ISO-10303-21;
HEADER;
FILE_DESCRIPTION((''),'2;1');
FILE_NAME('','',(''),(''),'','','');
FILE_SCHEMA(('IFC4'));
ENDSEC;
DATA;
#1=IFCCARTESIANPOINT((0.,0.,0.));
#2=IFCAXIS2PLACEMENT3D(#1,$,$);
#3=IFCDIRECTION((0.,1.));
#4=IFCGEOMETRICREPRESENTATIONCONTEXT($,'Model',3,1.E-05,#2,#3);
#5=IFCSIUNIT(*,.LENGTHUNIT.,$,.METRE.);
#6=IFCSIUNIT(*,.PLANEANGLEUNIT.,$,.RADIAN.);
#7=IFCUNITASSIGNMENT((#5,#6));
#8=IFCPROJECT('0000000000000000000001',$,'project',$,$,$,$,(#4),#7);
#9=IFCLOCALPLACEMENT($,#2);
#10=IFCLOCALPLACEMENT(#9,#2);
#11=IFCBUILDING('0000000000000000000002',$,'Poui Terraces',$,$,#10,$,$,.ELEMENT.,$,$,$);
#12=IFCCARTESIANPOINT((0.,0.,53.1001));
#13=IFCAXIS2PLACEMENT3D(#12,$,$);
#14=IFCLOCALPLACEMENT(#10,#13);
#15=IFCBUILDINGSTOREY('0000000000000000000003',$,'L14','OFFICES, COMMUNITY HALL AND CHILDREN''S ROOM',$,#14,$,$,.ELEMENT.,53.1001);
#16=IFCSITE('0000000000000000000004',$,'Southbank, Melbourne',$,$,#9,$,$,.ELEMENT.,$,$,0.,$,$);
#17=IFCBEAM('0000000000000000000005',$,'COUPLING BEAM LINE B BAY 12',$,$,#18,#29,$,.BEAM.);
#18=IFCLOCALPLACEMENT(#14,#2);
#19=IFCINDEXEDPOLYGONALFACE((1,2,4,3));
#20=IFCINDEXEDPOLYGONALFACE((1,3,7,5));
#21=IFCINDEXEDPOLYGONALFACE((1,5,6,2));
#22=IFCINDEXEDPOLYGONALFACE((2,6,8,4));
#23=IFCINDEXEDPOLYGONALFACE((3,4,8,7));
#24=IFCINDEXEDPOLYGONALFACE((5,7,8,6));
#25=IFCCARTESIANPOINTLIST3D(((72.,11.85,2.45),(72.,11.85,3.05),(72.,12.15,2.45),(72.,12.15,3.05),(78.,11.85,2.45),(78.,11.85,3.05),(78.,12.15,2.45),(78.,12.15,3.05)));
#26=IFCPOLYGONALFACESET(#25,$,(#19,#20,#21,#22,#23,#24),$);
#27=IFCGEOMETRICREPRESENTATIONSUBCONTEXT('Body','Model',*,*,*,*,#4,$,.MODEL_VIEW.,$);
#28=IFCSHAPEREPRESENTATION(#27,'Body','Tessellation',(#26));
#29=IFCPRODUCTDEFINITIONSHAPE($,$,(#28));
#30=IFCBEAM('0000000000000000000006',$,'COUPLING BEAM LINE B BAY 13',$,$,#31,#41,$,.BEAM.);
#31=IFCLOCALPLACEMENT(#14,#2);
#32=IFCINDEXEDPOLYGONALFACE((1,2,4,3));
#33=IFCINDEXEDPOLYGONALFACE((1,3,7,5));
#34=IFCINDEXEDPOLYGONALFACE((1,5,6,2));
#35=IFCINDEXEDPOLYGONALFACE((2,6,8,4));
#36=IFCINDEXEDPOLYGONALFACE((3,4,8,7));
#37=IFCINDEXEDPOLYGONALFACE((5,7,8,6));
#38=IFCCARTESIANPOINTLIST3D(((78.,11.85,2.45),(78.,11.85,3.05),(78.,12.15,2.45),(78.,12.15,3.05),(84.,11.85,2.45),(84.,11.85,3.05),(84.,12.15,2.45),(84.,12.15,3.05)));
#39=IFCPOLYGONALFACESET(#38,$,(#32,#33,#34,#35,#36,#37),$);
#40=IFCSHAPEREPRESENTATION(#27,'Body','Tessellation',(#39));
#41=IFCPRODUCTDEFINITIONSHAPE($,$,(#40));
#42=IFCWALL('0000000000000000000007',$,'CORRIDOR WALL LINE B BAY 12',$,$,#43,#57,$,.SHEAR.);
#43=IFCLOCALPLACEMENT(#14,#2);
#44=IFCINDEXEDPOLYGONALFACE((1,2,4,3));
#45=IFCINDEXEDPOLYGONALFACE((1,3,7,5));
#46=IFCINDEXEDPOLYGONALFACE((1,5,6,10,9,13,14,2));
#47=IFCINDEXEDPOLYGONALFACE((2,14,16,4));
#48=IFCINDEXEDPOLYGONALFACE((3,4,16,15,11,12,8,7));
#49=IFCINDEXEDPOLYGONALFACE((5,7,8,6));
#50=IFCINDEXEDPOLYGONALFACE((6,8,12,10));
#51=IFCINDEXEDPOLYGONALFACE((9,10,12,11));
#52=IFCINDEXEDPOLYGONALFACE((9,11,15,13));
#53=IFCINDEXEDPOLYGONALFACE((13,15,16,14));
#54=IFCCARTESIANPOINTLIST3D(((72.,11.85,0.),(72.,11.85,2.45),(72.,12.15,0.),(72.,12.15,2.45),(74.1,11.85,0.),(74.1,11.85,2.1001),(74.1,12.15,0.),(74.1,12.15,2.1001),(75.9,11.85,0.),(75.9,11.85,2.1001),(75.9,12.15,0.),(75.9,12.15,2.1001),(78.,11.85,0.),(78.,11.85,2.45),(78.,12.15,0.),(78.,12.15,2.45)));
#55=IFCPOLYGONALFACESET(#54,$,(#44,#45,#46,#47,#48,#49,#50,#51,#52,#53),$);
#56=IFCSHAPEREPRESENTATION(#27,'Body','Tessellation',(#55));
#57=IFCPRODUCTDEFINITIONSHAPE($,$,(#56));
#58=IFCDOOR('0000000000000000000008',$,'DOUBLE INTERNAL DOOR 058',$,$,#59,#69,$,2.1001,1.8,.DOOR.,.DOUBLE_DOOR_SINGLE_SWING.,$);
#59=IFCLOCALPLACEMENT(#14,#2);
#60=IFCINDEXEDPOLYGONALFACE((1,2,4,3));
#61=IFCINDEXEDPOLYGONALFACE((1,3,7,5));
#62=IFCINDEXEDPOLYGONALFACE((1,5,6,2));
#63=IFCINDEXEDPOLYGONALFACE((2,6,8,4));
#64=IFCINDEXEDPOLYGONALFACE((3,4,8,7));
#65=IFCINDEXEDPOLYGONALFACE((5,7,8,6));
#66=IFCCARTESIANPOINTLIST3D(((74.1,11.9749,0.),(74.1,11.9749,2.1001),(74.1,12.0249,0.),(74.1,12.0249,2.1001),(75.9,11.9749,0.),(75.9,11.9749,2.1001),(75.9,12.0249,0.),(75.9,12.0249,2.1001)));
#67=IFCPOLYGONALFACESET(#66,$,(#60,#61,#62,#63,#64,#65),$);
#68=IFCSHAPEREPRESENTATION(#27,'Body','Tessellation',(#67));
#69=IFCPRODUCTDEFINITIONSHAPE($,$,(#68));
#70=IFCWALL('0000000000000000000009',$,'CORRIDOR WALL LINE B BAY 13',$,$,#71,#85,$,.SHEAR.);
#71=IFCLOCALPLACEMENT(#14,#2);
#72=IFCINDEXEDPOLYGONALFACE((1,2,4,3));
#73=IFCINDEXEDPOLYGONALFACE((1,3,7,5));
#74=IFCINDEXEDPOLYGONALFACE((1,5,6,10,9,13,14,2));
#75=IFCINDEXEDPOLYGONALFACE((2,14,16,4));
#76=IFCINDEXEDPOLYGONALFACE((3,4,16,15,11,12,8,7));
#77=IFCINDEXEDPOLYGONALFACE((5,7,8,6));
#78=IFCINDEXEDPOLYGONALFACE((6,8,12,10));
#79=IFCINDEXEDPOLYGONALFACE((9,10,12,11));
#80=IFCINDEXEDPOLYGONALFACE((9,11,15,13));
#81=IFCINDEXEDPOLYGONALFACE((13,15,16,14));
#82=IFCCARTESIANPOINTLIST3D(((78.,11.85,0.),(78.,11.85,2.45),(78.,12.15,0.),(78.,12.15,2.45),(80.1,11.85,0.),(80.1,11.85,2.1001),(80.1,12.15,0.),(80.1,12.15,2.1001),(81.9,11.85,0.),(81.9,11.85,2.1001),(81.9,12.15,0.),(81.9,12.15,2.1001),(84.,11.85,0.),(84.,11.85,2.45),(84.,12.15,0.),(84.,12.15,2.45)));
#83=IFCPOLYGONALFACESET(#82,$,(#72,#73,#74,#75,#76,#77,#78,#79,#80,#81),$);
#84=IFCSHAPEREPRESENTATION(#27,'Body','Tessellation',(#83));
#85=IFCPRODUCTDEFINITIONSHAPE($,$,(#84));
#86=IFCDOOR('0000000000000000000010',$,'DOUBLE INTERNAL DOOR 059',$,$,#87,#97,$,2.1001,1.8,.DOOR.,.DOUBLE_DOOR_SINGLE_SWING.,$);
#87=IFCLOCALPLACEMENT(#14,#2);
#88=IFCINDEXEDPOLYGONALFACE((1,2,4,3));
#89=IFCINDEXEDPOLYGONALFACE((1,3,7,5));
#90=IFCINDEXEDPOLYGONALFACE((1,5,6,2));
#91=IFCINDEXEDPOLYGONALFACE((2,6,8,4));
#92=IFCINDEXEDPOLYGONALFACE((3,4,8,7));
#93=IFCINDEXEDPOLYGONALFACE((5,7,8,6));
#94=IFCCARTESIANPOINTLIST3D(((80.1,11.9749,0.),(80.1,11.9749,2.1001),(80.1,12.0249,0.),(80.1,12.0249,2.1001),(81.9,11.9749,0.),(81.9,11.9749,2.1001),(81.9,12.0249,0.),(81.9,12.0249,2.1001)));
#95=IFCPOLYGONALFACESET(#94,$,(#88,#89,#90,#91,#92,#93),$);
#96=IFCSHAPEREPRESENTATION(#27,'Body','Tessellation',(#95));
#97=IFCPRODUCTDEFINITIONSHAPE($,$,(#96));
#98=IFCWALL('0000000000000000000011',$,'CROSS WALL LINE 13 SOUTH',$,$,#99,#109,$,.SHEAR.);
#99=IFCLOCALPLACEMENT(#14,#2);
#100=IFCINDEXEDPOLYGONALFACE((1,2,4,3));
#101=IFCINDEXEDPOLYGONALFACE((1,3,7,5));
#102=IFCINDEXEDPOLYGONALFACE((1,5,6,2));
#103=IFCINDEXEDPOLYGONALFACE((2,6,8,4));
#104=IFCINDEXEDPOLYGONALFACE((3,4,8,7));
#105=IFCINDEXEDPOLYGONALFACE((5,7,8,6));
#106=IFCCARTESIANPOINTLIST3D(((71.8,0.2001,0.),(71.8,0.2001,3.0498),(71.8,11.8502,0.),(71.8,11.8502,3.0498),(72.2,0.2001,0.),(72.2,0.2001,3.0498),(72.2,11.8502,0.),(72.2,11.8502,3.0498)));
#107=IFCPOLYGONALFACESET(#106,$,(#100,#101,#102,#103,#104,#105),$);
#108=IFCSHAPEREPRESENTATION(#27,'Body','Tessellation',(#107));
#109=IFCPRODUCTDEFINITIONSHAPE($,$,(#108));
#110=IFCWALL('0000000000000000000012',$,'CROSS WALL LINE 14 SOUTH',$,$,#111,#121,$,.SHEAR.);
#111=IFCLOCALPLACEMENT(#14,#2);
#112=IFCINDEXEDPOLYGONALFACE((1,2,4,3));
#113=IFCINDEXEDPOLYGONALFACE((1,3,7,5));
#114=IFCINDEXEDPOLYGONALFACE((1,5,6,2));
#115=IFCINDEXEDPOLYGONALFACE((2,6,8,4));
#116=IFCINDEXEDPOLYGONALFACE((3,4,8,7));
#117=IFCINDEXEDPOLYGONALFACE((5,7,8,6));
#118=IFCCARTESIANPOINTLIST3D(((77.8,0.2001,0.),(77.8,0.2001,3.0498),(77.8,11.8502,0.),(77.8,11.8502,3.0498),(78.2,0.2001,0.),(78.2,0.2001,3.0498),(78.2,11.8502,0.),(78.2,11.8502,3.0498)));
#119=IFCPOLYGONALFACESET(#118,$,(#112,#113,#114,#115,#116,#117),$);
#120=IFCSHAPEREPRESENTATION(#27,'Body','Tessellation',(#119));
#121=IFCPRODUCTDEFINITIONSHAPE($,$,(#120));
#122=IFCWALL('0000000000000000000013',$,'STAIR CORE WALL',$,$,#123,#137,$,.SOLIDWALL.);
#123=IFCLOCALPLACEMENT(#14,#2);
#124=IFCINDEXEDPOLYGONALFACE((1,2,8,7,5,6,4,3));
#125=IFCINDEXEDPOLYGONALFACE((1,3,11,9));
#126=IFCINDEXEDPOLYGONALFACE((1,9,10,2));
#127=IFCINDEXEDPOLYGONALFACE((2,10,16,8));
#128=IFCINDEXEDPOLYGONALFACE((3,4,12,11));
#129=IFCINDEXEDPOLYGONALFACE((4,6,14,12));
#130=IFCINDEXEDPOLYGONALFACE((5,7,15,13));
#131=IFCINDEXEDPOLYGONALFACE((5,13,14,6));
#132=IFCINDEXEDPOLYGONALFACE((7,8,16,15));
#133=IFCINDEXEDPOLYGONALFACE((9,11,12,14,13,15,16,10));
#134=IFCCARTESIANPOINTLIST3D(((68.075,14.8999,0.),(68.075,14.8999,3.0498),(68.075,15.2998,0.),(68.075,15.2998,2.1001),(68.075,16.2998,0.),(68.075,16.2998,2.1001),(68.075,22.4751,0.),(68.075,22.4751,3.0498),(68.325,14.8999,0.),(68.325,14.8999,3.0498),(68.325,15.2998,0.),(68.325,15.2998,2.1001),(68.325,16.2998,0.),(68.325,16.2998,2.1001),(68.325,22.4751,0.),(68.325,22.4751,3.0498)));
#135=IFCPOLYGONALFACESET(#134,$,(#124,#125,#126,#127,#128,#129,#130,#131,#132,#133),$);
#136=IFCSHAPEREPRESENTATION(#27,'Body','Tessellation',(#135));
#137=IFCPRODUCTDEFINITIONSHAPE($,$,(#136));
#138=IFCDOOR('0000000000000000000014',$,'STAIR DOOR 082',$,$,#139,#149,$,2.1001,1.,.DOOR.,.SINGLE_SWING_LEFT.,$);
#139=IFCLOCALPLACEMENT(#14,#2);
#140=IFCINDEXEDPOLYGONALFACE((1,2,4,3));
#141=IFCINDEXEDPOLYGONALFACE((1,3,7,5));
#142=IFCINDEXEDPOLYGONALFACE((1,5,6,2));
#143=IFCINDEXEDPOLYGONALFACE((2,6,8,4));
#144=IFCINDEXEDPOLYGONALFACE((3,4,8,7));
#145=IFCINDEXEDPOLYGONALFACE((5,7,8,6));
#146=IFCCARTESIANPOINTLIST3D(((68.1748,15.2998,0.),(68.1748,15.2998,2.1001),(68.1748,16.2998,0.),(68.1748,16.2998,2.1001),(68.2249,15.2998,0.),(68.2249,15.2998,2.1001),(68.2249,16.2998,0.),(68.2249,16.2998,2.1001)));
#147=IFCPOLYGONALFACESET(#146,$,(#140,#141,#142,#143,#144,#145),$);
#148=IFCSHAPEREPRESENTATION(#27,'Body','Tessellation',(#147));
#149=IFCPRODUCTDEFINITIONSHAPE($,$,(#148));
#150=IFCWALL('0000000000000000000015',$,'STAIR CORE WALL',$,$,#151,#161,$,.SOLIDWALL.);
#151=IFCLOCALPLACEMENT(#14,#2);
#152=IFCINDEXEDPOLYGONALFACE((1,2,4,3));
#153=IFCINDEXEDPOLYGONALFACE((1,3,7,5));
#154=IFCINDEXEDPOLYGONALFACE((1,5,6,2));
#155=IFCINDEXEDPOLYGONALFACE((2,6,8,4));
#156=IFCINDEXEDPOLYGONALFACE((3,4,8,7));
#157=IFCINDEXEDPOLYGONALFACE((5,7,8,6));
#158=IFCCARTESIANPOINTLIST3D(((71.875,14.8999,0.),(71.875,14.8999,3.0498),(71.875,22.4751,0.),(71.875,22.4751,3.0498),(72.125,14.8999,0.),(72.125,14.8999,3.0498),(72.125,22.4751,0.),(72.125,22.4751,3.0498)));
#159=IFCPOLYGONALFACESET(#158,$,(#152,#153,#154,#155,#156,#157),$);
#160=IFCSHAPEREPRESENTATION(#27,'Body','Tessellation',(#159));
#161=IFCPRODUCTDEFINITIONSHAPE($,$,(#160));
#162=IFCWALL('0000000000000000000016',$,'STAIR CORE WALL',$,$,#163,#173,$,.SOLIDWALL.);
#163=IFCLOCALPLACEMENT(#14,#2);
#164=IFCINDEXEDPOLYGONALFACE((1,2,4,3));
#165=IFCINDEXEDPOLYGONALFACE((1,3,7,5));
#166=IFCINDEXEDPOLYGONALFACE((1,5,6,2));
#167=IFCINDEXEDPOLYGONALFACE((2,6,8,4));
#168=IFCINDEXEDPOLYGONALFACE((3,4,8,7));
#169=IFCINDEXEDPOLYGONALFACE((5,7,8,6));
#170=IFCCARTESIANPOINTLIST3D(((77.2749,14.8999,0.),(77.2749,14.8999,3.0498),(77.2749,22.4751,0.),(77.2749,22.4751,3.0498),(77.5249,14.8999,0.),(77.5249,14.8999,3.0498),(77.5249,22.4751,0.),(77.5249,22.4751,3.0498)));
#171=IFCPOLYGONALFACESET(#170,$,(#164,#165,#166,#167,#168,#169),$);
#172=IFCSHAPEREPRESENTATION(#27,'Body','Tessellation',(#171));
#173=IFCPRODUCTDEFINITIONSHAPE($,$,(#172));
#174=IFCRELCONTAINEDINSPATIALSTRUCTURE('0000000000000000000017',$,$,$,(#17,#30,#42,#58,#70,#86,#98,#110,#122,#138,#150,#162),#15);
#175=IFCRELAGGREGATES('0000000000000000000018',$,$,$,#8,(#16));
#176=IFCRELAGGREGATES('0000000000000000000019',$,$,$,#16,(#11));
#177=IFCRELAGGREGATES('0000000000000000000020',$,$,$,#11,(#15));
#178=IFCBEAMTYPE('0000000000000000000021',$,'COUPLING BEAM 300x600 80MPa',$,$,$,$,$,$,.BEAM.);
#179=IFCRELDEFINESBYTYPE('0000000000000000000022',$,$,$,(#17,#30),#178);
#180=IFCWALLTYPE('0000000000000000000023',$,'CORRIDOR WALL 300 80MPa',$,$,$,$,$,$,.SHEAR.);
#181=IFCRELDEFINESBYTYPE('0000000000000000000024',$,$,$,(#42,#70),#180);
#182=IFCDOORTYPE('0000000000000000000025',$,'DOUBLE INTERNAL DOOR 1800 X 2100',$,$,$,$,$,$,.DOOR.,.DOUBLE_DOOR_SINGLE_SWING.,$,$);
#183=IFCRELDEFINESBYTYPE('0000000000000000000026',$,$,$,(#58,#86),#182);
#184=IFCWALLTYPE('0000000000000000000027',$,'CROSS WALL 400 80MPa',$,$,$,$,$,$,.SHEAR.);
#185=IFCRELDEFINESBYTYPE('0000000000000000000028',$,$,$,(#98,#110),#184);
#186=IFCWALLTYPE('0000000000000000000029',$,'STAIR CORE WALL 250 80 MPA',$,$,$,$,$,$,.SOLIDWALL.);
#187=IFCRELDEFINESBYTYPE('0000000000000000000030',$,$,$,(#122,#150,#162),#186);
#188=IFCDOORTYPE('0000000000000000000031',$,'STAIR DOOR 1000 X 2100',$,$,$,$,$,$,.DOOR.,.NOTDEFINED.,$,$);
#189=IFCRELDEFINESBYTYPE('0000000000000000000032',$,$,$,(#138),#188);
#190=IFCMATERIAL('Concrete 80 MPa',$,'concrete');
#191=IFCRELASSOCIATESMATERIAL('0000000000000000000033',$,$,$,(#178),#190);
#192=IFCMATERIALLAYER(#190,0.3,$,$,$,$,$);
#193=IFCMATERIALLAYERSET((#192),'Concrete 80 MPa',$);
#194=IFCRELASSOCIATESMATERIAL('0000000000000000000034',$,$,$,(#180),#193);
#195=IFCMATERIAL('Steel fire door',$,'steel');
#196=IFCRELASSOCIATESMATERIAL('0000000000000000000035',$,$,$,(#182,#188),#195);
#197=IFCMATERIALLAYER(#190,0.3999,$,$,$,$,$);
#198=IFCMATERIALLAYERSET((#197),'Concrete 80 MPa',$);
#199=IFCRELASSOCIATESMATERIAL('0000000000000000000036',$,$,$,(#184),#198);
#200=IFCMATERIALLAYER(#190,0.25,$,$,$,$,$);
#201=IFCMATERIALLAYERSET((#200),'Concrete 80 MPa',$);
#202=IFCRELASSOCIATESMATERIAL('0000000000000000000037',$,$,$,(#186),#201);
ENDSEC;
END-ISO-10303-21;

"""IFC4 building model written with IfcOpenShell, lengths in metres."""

from ifc_helpers import new_model, si_unit, direction, frame, frame_2d, origin, origin_2d, place, context, subcontext, project, spatial, rectangle, extrude, source, transform, mapped, material, layer, layer_set, material_profile, profile_set, type_object, element, fill, save


model = new_model("IFC4")

# Units and contexts
model_context = context("Model", 3, precision=1e-05, world=origin(), true_north=direction((0.0, 1.0)))
body_context = subcontext(model_context, "Body", "Model", "MODEL_VIEW")
ifc_project = project(units=[si_unit("LENGTHUNIT", "METRE"), si_unit("PLANEANGLEUNIT", "RADIAN")], contexts=[model_context])

# Site, building, storey
site_placement = place(None, origin())
site = spatial("IfcSite", under=ifc_project, at=site_placement, Name="Southbank, Melbourne", CompositionType="ELEMENT", RefElevation=0.0)
building_placement = place(site_placement, origin())
building = spatial("IfcBuilding", under=site, at=building_placement, Name="Poui Terraces", CompositionType="ELEMENT")
storey_placement = place(building_placement, frame((0.0, 0.0, 53.1001)))
storey = spatial("IfcBuildingStorey", under=building, at=storey_placement, Name="L14", Description="OFFICES, COMMUNITY HALL AND CHILDREN'S ROOM", CompositionType="ELEMENT", Elevation=53.1001)

# Beams
ifc_material_1 = material(Name="Concrete 80 MPa", Category="concrete")
ifc_material_profile = material_profile(ifc_material_1, rectangle(XDim=0.3, YDim=0.6001, at=origin_2d()), Name="RC 300x600")
ifc_profile_set = profile_set([ifc_material_profile], Name="Concrete 80 MPa")
beam_type = type_object("IfcBeamType", Name="COUPLING BEAM 300x600 80MPa", PredefinedType="BEAM", material=ifc_profile_set)
shared_shape = source(origin(), body_context, "Body", "SweptSolid", [
    extrude(rectangle(XDim=0.3, YDim=0.6001, at=origin_2d()), origin(), (0.0, 0.0, 1.0), 6.0),
])
for number, where, z_axis, x_axis, name in (
    (1, (72.0, 12.0, 2.75), (1.0, 0.0, 0.0), (0.0, 1.0, 0.0), "COUPLING BEAM LINE B BAY 12"),
    (2, (78.0, 12.0, 2.75), (1.0, 0.0, 0.0), (0.0, 1.0, 0.0), "COUPLING BEAM LINE B BAY 13"),
):
    element("IfcBeam", number, at=place(storey_placement, frame(where, z_axis=z_axis, x_axis=x_axis)), inside=storey, type_object=beam_type, Name=name, PredefinedType="BEAM", context=body_context, shape_type="MappedRepresentation", body=[
        mapped(shared_shape, transform((0.0, 0.0, 0.0))),
    ])

# Walls, openings, doors
ifc_layer_1 = layer(ifc_material_1, 0.3)
ifc_layer_set_1 = layer_set([ifc_layer_1], Name="Concrete 80 MPa")
wall_type_1 = type_object("IfcWallType", Name="CORRIDOR WALL 300 80MPa", PredefinedType="SHEAR", material=ifc_layer_set_1)
wall_1_placement = place(storey_placement, frame((72.0, 12.0, 0.0), z_axis=(0.0, 0.0, 1.0), x_axis=(1.0, 0.0, 0.0)))
wall_1 = element("IfcWall", 3, at=wall_1_placement, inside=storey, type_object=wall_type_1, Name="CORRIDOR WALL LINE B BAY 12", PredefinedType="SHEAR", context=body_context, shape_type="SweptSolid", body=[
    extrude(rectangle(XDim=6.0, YDim=0.3, at=frame_2d((3.0, 0.0))), origin(), (0.0, 0.0, 1.0), 2.45),
])
opening_1_placement = place(wall_1_placement, frame((2.1001, 0.0, 0.0)))
opening_1 = element("IfcOpeningElement", 4, at=opening_1_placement, cuts=wall_1, PredefinedType="OPENING", context=body_context, shape_type="SweptSolid", body=[
    extrude(rectangle(XDim=1.8, YDim=2.1001, at=frame_2d((0.8999, 1.05))), frame((0.0, 0.1602, 0.0), z_axis=(0.0, -1.0, 0.0), x_axis=(1.0, 0.0, 0.0)), (0.0, 0.0, 1.0), 0.3201),
])
ifc_material_2 = material(Name="Steel fire door", Category="steel")
door_type_1 = type_object("IfcDoorType", Name="DOUBLE INTERNAL DOOR 1800 X 2100", OperationType="DOUBLE_DOOR_SINGLE_SWING", PredefinedType="DOOR", material=ifc_material_2)
door_1_placement = place(opening_1_placement, origin())
door_1 = element("IfcDoor", 5, at=door_1_placement, inside=storey, type_object=door_type_1, Name="DOUBLE INTERNAL DOOR 058", OperationType="DOUBLE_DOOR_SINGLE_SWING", OverallHeight=2.1001, OverallWidth=1.8, PredefinedType="DOOR", context=body_context, shape_type="SweptSolid", body=[
    extrude(rectangle(XDim=1.8, YDim=2.1001, at=frame_2d((0.8999, 1.05))), frame((0.0, 0.0249, 0.0), z_axis=(0.0, -1.0, 0.0), x_axis=(1.0, 0.0, 0.0)), (0.0, 0.0, 1.0), 0.05),
])
fill(opening_1, door_1)
wall_2_placement = place(storey_placement, frame((78.0, 12.0, 0.0), z_axis=(0.0, 0.0, 1.0), x_axis=(1.0, 0.0, 0.0)))
wall_2 = element("IfcWall", 6, at=wall_2_placement, inside=storey, type_object=wall_type_1, Name="CORRIDOR WALL LINE B BAY 13", PredefinedType="SHEAR", context=body_context, shape_type="SweptSolid", body=[
    extrude(rectangle(XDim=6.0, YDim=0.3, at=frame_2d((3.0, 0.0))), origin(), (0.0, 0.0, 1.0), 2.45),
])
opening_2_placement = place(wall_2_placement, frame((2.1001, 0.0, 0.0)))
opening_2 = element("IfcOpeningElement", 7, at=opening_2_placement, cuts=wall_2, PredefinedType="OPENING", context=body_context, shape_type="SweptSolid", body=[
    extrude(rectangle(XDim=1.8, YDim=2.1001, at=frame_2d((0.8999, 1.05))), frame((0.0, 0.1602, 0.0), z_axis=(0.0, -1.0, 0.0), x_axis=(1.0, 0.0, 0.0)), (0.0, 0.0, 1.0), 0.3201),
])
door_2_placement = place(opening_2_placement, origin())
door_2 = element("IfcDoor", 8, at=door_2_placement, inside=storey, type_object=door_type_1, Name="DOUBLE INTERNAL DOOR 059", OperationType="DOUBLE_DOOR_SINGLE_SWING", OverallHeight=2.1001, OverallWidth=1.8, PredefinedType="DOOR", context=body_context, shape_type="SweptSolid", body=[
    extrude(rectangle(XDim=1.8, YDim=2.1001, at=frame_2d((0.8999, 1.05))), frame((0.0, 0.0249, 0.0), z_axis=(0.0, -1.0, 0.0), x_axis=(1.0, 0.0, 0.0)), (0.0, 0.0, 1.0), 0.05),
])
fill(opening_2, door_2)

# Walls
ifc_layer_2 = layer(ifc_material_1, 0.3999)
ifc_layer_set_2 = layer_set([ifc_layer_2], Name="Concrete 80 MPa")
wall_type_2 = type_object("IfcWallType", Name="CROSS WALL 400 80MPa", PredefinedType="SHEAR", material=ifc_layer_set_2)
for number, where, z_axis, x_axis, name in (
    (9, (72.0, 0.2, 0.0), (0.0, 0.0, 1.0), (0.0, 1.0, 0.0), "CROSS WALL LINE 13 SOUTH"),
    (10, (78.0, 0.2, 0.0), (0.0, 0.0, 1.0), (0.0, 1.0, 0.0), "CROSS WALL LINE 14 SOUTH"),
):
    element("IfcWall", number, at=place(storey_placement, frame(where, z_axis=z_axis, x_axis=x_axis)), inside=storey, type_object=wall_type_2, Name=name, PredefinedType="SHEAR", context=body_context, shape_type="SweptSolid", body=[
        extrude(rectangle(XDim=11.6501, YDim=0.3999, at=frame_2d((5.8252, 0.0))), origin(), (0.0, 0.0, 1.0), 3.0498),
    ])

# Wall, opening, door
ifc_layer_3 = layer(ifc_material_1, 0.25)
ifc_layer_set_3 = layer_set([ifc_layer_3], Name="Concrete 80 MPa")
wall_type_3 = type_object("IfcWallType", Name="STAIR CORE WALL 250 80 MPA", PredefinedType="SOLIDWALL", material=ifc_layer_set_3)
wall_3_placement = place(storey_placement, frame((68.2, 14.8999, 0.0), z_axis=(0.0, 0.0, 1.0), x_axis=(0.0, 1.0, 0.0)))
wall_3 = element("IfcWall", 11, at=wall_3_placement, inside=storey, type_object=wall_type_3, Name="STAIR CORE WALL", PredefinedType="SOLIDWALL", context=body_context, shape_type="SweptSolid", body=[
    extrude(rectangle(XDim=7.5752, YDim=0.25, at=frame_2d((3.7876, 0.0))), origin(), (0.0, 0.0, 1.0), 3.0498),
])
opening_3_placement = place(wall_3_placement, frame((0.3999, 0.0, 0.0)))
opening_3 = element("IfcOpeningElement", 12, at=opening_3_placement, cuts=wall_3, PredefinedType="OPENING", context=body_context, shape_type="SweptSolid", body=[
    extrude(rectangle(XDim=1.0, YDim=2.1001, at=frame_2d((0.5, 1.05))), frame((0.0, 0.135, 0.0), z_axis=(0.0, -1.0, 0.0), x_axis=(1.0, 0.0, 0.0)), (0.0, 0.0, 1.0), 0.27),
])
door_type_2 = type_object("IfcDoorType", Name="STAIR DOOR 1000 X 2100", OperationType="NOTDEFINED", PredefinedType="DOOR", material=ifc_material_2)
door_3_placement = place(opening_3_placement, frame((1.0, 0.0, 0.0), z_axis=(0.0, 0.0, 1.0), x_axis=(-1.0, 0.0, 0.0)))
door_3 = element("IfcDoor", 13, at=door_3_placement, inside=storey, type_object=door_type_2, Name="STAIR DOOR 082", OperationType="SINGLE_SWING_LEFT", OverallHeight=2.1001, OverallWidth=1.0, PredefinedType="DOOR", context=body_context, shape_type="SweptSolid", body=[
    extrude(rectangle(XDim=1.0, YDim=2.1001, at=frame_2d((0.5, 1.05))), frame((0.0, 0.0249, 0.0), z_axis=(0.0, -1.0, 0.0), x_axis=(1.0, 0.0, 0.0)), (0.0, 0.0, 1.0), 0.05),
])
fill(opening_3, door_3)

# Walls
for number, where, z_axis, x_axis, name in (
    (14, (72.0, 14.8999, 0.0), (0.0, 0.0, 1.0), (0.0, 1.0, 0.0), "STAIR CORE WALL"),
    (15, (77.3999, 14.8999, 0.0), (0.0, 0.0, 1.0), (0.0, 1.0, 0.0), "STAIR CORE WALL"),
):
    element("IfcWall", number, at=place(storey_placement, frame(where, z_axis=z_axis, x_axis=x_axis)), inside=storey, type_object=wall_type_3, Name=name, PredefinedType="SOLIDWALL", context=body_context, shape_type="SweptSolid", body=[
        extrude(rectangle(XDim=7.5752, YDim=0.25, at=frame_2d((3.7876, 0.0))), origin(), (0.0, 0.0, 1.0), 3.0498),
    ])

save(model, "model.ifc")
